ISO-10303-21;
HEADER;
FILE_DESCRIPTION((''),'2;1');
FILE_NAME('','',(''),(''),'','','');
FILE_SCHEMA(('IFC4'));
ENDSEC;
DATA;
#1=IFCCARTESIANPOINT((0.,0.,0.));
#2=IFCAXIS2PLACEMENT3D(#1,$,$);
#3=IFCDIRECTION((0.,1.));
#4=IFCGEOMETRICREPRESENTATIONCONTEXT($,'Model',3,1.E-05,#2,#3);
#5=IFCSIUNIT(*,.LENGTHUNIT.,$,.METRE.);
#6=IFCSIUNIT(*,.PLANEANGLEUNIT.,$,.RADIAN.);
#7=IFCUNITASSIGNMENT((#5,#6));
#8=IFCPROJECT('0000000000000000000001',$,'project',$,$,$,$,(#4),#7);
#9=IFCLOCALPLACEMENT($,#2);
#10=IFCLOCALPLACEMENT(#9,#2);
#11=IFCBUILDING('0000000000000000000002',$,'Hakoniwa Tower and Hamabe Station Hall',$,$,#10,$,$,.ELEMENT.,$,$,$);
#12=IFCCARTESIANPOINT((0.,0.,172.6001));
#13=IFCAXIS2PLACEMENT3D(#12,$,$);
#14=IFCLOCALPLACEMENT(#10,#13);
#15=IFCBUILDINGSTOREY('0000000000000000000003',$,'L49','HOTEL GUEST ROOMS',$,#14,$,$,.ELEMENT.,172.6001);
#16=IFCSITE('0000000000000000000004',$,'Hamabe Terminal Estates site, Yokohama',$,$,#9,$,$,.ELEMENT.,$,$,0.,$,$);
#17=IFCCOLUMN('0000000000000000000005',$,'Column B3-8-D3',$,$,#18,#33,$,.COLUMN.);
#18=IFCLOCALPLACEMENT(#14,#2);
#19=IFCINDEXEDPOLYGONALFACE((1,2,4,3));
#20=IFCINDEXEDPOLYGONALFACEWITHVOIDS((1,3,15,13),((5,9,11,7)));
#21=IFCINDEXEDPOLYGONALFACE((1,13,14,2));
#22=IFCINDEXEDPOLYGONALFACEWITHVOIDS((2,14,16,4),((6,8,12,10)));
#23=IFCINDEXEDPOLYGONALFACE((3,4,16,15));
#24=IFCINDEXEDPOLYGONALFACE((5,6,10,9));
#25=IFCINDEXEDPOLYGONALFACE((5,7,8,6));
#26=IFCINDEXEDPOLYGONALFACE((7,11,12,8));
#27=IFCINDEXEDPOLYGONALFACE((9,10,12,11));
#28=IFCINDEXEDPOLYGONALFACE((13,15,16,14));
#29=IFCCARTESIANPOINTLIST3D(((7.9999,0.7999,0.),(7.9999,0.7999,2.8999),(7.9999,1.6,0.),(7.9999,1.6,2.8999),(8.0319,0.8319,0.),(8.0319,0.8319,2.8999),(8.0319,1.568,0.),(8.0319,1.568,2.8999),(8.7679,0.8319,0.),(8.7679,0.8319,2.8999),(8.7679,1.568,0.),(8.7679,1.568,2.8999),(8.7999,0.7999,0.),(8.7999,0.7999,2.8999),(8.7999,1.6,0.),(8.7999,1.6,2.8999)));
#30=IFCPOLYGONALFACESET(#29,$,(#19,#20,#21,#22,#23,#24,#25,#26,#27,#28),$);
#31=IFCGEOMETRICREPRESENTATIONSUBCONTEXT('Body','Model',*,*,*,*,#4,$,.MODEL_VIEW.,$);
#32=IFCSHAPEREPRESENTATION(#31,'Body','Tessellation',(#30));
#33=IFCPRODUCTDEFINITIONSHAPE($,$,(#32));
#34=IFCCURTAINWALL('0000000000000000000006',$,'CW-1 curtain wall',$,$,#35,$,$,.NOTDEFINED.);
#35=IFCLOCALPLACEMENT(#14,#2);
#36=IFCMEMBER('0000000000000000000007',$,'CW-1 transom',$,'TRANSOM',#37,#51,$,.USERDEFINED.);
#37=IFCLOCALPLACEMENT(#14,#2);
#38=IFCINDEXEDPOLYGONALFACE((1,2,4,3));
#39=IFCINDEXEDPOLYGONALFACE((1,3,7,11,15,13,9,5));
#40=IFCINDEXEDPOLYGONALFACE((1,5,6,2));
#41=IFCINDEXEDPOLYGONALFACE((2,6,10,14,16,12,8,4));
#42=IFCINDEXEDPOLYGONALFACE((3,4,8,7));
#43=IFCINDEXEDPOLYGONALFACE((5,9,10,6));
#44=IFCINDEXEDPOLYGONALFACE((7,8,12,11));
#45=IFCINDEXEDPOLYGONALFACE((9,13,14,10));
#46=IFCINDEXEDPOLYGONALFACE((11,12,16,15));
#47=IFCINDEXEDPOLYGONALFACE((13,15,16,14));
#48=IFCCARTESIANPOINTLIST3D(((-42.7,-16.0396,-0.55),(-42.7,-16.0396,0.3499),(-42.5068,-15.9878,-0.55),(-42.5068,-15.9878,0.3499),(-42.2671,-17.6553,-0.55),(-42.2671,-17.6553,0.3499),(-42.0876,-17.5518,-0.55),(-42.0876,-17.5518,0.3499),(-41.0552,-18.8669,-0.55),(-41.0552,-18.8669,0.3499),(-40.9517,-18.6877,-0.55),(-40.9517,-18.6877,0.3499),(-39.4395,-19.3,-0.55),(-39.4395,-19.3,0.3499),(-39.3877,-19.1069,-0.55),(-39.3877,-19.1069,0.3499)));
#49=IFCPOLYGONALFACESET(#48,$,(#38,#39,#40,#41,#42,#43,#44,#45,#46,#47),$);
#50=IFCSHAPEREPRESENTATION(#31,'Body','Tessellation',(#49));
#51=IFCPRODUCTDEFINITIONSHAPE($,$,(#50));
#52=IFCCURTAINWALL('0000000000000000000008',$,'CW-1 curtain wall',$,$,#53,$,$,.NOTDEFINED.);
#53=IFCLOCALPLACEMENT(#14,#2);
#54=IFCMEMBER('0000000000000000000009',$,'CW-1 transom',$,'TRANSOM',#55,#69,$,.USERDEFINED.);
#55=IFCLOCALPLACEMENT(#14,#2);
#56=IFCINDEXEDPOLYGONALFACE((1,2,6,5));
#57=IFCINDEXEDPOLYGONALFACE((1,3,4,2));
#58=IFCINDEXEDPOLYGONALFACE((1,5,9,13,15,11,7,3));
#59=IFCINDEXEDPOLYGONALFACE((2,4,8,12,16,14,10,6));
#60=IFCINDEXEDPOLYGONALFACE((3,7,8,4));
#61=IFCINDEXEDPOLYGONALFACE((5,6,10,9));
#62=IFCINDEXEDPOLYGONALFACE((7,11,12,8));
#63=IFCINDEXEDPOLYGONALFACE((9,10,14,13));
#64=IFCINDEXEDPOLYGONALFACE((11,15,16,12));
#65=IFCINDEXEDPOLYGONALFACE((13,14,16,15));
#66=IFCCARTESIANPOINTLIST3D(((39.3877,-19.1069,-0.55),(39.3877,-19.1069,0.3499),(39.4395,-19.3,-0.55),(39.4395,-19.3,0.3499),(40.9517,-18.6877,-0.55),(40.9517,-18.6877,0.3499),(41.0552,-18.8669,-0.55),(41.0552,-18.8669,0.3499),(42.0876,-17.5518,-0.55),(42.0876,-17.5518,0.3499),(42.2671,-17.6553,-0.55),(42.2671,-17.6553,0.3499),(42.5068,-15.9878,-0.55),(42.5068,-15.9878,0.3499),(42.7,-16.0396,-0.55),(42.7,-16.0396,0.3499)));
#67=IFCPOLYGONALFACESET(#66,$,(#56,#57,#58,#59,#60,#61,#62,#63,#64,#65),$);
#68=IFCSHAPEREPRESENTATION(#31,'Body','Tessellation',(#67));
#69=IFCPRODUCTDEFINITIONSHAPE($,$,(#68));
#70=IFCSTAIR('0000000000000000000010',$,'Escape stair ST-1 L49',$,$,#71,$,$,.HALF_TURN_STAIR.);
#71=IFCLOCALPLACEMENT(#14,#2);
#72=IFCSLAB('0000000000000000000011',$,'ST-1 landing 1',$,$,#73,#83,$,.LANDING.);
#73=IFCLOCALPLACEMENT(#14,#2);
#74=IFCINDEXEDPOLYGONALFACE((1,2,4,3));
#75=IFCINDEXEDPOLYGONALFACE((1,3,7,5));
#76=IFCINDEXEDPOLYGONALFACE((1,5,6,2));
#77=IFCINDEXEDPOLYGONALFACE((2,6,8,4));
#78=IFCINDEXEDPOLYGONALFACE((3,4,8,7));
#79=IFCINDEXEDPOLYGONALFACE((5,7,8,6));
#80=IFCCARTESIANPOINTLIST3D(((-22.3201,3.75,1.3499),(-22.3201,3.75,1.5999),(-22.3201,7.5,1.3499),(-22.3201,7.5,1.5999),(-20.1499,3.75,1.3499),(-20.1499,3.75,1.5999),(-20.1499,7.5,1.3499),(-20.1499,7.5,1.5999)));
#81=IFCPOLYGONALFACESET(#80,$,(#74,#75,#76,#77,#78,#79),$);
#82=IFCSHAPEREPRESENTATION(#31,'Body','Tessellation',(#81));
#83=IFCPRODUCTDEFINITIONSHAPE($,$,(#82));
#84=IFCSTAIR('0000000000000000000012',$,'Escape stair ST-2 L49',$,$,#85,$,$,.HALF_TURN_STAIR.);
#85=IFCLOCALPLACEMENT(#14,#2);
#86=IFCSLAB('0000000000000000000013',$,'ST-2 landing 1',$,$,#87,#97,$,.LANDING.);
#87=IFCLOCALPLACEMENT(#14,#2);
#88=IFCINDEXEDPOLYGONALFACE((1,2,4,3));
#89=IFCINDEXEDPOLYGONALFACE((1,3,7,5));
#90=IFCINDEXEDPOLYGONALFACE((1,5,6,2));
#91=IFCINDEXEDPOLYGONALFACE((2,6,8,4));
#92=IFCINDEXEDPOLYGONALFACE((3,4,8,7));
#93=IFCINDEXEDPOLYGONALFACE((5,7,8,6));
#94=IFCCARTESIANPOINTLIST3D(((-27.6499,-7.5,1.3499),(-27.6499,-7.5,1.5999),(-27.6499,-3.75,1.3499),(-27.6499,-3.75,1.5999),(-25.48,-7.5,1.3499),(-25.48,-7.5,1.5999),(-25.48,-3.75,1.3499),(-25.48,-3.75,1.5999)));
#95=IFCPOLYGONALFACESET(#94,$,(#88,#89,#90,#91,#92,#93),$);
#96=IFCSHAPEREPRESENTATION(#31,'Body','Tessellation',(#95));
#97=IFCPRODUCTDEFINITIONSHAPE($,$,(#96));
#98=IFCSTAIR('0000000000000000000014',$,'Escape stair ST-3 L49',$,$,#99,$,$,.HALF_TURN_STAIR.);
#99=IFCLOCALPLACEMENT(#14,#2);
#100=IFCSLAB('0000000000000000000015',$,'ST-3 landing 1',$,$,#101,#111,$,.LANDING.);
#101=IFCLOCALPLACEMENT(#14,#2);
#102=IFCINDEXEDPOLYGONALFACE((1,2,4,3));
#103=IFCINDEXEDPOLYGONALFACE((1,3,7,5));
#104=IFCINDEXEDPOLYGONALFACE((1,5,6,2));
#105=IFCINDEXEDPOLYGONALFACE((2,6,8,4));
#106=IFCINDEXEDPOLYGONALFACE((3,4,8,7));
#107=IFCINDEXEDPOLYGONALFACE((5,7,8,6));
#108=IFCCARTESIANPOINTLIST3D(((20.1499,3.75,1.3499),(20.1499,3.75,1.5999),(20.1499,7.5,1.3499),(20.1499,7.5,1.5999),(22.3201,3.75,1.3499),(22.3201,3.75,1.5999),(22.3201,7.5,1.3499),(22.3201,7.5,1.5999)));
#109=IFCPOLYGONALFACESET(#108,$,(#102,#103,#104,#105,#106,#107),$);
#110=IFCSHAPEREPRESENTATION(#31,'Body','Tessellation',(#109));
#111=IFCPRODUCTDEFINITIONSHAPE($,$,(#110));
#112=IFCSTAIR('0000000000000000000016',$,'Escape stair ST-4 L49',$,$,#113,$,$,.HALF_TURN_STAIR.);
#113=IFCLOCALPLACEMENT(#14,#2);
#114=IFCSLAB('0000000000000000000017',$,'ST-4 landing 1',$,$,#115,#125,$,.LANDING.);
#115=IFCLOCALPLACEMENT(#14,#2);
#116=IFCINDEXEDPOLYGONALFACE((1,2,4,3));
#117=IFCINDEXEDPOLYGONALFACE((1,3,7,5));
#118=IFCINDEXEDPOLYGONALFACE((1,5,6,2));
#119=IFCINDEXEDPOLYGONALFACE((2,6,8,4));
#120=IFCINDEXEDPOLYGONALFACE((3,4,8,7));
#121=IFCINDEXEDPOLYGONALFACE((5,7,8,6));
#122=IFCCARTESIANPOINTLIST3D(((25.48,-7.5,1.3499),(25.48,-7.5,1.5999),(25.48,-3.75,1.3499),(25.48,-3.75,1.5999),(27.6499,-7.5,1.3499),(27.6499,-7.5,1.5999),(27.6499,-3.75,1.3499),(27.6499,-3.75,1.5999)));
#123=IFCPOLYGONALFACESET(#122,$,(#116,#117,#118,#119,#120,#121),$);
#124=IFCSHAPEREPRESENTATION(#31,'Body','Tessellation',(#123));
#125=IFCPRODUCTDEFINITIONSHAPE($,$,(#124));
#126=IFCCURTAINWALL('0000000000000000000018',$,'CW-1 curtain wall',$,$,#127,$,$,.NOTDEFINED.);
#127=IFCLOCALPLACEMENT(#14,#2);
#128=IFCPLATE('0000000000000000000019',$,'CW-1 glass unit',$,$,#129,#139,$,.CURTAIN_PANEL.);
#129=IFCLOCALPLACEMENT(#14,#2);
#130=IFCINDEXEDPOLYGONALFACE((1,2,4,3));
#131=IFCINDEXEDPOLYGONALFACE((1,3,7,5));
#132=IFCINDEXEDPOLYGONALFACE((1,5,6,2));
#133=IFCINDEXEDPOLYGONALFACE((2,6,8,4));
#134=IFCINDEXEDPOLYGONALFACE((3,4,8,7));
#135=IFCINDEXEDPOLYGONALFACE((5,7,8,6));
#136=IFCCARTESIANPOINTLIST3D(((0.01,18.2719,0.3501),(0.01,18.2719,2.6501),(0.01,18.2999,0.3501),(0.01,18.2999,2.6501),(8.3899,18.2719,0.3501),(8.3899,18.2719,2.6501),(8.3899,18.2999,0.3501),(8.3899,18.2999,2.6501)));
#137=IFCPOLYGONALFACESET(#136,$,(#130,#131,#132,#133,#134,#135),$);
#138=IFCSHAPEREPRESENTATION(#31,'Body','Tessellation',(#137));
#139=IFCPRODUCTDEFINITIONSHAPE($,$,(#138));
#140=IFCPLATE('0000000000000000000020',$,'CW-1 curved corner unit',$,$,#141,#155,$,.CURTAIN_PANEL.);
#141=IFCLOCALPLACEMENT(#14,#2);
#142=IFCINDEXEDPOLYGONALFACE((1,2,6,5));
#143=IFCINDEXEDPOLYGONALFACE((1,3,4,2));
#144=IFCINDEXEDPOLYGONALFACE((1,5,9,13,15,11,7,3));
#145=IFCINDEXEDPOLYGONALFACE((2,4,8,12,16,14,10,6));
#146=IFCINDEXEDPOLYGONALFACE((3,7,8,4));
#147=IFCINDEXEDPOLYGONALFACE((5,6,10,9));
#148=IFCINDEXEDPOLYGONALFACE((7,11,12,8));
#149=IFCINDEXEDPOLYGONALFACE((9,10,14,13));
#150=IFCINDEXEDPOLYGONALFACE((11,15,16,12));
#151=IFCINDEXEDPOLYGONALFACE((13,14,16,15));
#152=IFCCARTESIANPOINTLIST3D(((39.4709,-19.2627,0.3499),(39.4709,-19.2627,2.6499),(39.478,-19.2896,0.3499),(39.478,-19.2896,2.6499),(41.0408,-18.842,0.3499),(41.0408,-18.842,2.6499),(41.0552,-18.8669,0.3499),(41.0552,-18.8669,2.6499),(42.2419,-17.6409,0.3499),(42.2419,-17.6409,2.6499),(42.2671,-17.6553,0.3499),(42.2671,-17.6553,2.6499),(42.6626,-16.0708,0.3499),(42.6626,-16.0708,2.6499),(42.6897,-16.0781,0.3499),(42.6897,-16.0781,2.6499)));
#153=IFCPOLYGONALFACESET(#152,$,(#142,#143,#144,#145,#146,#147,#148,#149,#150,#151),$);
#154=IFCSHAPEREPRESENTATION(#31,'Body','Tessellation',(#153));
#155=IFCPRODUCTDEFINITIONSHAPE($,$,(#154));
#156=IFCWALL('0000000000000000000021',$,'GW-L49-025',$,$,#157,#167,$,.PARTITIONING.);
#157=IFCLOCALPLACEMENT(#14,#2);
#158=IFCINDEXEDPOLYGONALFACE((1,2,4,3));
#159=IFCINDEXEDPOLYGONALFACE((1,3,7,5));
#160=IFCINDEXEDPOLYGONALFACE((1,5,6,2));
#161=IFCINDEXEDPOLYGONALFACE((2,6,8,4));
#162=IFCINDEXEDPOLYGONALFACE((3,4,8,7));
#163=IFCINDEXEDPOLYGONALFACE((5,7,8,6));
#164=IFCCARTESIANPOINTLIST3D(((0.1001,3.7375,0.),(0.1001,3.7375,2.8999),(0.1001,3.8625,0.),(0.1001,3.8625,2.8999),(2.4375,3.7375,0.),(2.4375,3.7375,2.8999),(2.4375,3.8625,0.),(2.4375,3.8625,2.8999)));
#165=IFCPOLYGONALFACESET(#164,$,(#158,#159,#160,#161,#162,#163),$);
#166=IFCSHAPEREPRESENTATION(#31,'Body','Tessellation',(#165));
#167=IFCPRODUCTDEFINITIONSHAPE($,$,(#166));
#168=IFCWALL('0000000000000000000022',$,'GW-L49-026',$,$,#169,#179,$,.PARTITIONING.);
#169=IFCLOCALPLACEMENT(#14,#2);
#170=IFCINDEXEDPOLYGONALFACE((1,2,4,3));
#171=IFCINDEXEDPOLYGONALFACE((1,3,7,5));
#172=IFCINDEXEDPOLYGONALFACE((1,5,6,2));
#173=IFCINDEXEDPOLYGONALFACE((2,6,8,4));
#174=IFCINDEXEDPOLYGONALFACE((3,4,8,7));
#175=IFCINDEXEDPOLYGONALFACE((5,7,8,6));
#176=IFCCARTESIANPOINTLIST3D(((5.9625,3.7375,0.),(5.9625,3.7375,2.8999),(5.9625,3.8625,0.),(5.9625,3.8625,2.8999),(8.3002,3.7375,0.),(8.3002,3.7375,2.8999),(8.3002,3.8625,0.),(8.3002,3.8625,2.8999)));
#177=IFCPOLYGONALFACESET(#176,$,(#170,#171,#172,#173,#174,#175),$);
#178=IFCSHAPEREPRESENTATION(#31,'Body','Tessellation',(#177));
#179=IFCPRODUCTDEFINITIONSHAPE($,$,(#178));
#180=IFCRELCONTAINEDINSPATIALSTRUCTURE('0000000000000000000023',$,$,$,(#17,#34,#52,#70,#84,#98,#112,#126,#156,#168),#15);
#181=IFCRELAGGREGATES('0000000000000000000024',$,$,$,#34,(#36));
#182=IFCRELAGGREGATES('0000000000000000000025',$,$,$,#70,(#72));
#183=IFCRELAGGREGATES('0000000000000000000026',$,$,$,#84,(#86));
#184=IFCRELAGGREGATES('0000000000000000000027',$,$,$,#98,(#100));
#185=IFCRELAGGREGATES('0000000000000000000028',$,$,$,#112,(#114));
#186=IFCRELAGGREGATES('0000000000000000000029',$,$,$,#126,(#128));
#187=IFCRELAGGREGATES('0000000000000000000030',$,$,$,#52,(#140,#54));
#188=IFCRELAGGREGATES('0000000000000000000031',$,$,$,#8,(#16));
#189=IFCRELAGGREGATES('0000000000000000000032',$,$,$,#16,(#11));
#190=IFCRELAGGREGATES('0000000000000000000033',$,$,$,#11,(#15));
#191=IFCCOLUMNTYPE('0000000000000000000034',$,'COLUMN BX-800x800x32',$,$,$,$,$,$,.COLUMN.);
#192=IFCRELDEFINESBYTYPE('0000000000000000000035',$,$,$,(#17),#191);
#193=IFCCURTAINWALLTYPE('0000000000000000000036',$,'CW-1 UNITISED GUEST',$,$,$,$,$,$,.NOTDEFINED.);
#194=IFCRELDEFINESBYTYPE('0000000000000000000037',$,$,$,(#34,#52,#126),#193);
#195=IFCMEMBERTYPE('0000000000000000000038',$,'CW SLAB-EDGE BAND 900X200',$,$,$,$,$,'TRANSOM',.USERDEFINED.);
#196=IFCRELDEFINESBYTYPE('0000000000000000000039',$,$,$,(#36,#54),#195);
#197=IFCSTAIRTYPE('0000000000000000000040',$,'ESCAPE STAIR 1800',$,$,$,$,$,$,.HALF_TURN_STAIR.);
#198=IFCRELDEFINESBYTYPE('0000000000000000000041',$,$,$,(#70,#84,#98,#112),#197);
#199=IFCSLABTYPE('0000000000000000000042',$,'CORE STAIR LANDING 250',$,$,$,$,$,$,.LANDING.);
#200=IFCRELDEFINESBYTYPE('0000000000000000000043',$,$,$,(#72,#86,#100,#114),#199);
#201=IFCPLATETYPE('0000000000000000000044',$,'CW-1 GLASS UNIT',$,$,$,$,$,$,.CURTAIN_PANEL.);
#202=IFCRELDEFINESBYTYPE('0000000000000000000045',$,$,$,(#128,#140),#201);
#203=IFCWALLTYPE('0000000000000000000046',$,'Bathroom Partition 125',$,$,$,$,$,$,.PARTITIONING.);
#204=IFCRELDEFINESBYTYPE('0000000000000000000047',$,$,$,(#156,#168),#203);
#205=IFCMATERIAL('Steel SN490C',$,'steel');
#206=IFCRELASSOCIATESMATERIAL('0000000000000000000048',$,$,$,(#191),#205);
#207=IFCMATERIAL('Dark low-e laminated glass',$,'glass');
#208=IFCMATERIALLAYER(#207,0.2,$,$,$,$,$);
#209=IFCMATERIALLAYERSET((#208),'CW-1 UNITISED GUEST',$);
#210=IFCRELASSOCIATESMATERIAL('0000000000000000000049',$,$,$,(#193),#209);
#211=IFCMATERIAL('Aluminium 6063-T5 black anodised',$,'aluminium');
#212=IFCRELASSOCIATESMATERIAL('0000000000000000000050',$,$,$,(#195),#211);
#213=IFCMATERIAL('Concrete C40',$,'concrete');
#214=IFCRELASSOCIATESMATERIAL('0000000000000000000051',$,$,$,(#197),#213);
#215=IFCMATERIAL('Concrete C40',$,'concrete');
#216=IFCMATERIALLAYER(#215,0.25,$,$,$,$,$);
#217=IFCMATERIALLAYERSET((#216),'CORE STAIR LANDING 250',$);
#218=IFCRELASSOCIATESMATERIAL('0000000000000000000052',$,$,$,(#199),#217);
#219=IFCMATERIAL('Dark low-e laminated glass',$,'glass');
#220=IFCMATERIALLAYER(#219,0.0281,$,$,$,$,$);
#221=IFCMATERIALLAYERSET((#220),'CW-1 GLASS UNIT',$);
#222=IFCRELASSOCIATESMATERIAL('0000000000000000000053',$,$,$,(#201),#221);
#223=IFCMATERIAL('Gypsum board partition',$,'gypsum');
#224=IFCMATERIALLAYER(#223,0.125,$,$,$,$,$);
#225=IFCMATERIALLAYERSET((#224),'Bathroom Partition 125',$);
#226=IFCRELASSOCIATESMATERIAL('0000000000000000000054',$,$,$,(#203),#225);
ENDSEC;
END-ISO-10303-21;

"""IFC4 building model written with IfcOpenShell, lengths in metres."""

from ifc_helpers import new_model, si_unit, direction, frame, frame_2d, origin, origin_2d, place, context, subcontext, project, spatial, polyline, rectangle, hollow_rectangle, outline, extrude, material, layer, layer_set, material_profile, profile_set, type_object, element, aggregate, save


model = new_model("IFC4")

# Units and contexts
model_context = context("Model", 3, precision=1e-05, world=origin(), true_north=direction((0.0, 1.0)))
body_context = subcontext(model_context, "Body", "Model", "MODEL_VIEW")
ifc_project = project(units=[si_unit("LENGTHUNIT", "METRE"), si_unit("PLANEANGLEUNIT", "RADIAN")], contexts=[model_context])

# Site, building, storey
site_placement = place(None, origin())
site = spatial("IfcSite", under=ifc_project, at=site_placement, Name="Hamabe Terminal Estates site, Yokohama", CompositionType="ELEMENT", RefElevation=0.0)
building_placement = place(site_placement, origin())
building = spatial("IfcBuilding", under=site, at=building_placement, Name="Hakoniwa Tower and Hamabe Station Hall", CompositionType="ELEMENT")
storey_placement = place(building_placement, frame((0.0, 0.0, 172.6001)))
storey = spatial("IfcBuildingStorey", under=building, at=storey_placement, Name="L49", Description="HOTEL GUEST ROOMS", CompositionType="ELEMENT", Elevation=172.6001)

# Column
ifc_material_1 = material(Name="Steel SN490C", Category="steel")
ifc_material_profile_1 = material_profile(ifc_material_1, hollow_rectangle(XDim=0.8, YDim=0.8, WallThickness=0.032, at=origin_2d()), Name="BX-800x800x32")
ifc_profile_set_1 = profile_set([ifc_material_profile_1], Name="Steel SN490C")
column_type = type_object("IfcColumnType", Name="COLUMN BX-800x800x32", PredefinedType="COLUMN", material=ifc_profile_set_1)
column_placement = place(storey_placement, frame((8.3999, 1.2, 0.0), z_axis=(0.0, 0.0, 1.0), x_axis=(1.0, 0.0, 0.0)))
element("IfcColumn", 1, at=column_placement, inside=storey, type_object=column_type, Name="Column B3-8-D3", PredefinedType="COLUMN", context=body_context, shape_type="SweptSolid", body=[
    extrude(hollow_rectangle(XDim=0.8, YDim=0.8, WallThickness=0.032, at=origin_2d()), origin(), (0.0, 0.0, 1.0), 2.8999),
])

# Curtain walls, members
ifc_material_2 = material(Name="Dark low-e laminated glass", Category="glass")
ifc_layer_1 = layer(ifc_material_2, 0.2)
ifc_layer_set_1 = layer_set([ifc_layer_1], Name="CW-1 UNITISED GUEST")
curtain_wall_type = type_object("IfcCurtainWallType", Name="CW-1 UNITISED GUEST", PredefinedType="NOTDEFINED", material=ifc_layer_set_1)
curtain_wall_1_placement = place(storey_placement, origin())
curtain_wall_1 = element("IfcCurtainWall", 2, at=curtain_wall_1_placement, inside=storey, type_object=curtain_wall_type, Name="CW-1 curtain wall", PredefinedType="NOTDEFINED")
ifc_material_3 = material(Name="Aluminium 6063-T5 black anodised", Category="aluminium")
ifc_material_profile_2 = material_profile(ifc_material_3, rectangle(XDim=0.2, YDim=0.8999, at=origin_2d()), Name="CW SLAB-EDGE BAND 900X200")
ifc_profile_set_2 = profile_set([ifc_material_profile_2], Name="Aluminium 6063-T5 black anodised")
member_type = type_object("IfcMemberType", Name="CW SLAB-EDGE BAND 900X200", ElementType="TRANSOM", PredefinedType="USERDEFINED", material=ifc_profile_set_2)
member_1_placement = place(storey_placement, frame((0.0, 0.0, -0.55)))
member_1 = element("IfcMember", 3, at=member_1_placement, type_object=member_type, Name="CW-1 transom", ObjectType="TRANSOM", PredefinedType="USERDEFINED", context=body_context, shape_type="SweptSolid", body=[
    extrude(outline(polyline([(-42.7, -16.0396), (-42.2671, -17.6553), (-41.0552, -18.8669), (-39.4395, -19.3), (-39.3877, -19.1069), (-40.9517, -18.6877), (-42.0876, -17.5518), (-42.5068, -15.9878), (-42.7, -16.0396)])), origin(), (0.0, 0.0, 1.0), 0.8999),
])
aggregate(curtain_wall_1, [member_1])
curtain_wall_2_placement = place(storey_placement, origin())
curtain_wall_2 = element("IfcCurtainWall", 4, at=curtain_wall_2_placement, inside=storey, type_object=curtain_wall_type, Name="CW-1 curtain wall", PredefinedType="NOTDEFINED")
member_2_placement = place(storey_placement, frame((0.0, 0.0, -0.55)))
member_2 = element("IfcMember", 5, at=member_2_placement, type_object=member_type, Name="CW-1 transom", ObjectType="TRANSOM", PredefinedType="USERDEFINED", context=body_context, shape_type="SweptSolid", body=[
    extrude(outline(polyline([(39.4395, -19.3), (41.0552, -18.8669), (42.2671, -17.6553), (42.7, -16.0396), (42.5068, -15.9878), (42.0876, -17.5518), (40.9517, -18.6877), (39.3877, -19.1069), (39.4395, -19.3)])), origin(), (0.0, 0.0, 1.0), 0.8999),
])

# Stairs, slabs
ifc_material_4 = material(Name="Concrete C40", Category="concrete")
stair_type = type_object("IfcStairType", Name="ESCAPE STAIR 1800", PredefinedType="HALF_TURN_STAIR", material=ifc_material_4)
stair_1_placement = place(storey_placement, origin())
stair_1 = element("IfcStair", 6, at=stair_1_placement, inside=storey, type_object=stair_type, Name="Escape stair ST-1 L49", PredefinedType="HALF_TURN_STAIR")
ifc_material_5 = material(Name="Concrete C40", Category="concrete")
ifc_layer_2 = layer(ifc_material_5, 0.25)
ifc_layer_set_2 = layer_set([ifc_layer_2], Name="CORE STAIR LANDING 250")
slab_type = type_object("IfcSlabType", Name="CORE STAIR LANDING 250", PredefinedType="LANDING", material=ifc_layer_set_2)
slab_1_placement = place(storey_placement, frame((0.0, 0.0, 1.3499)))
slab_1 = element("IfcSlab", 7, at=slab_1_placement, type_object=slab_type, Name="ST-1 landing 1", PredefinedType="LANDING", context=body_context, shape_type="SweptSolid", body=[
    extrude(outline(polyline([(-22.3201, 3.75), (-20.1499, 3.75), (-20.1499, 7.5), (-22.3201, 7.5), (-22.3201, 3.75)])), origin(), (0.0, 0.0, 1.0), 0.25),
])
aggregate(stair_1, [slab_1])
stair_2_placement = place(storey_placement, origin())
stair_2 = element("IfcStair", 8, at=stair_2_placement, inside=storey, type_object=stair_type, Name="Escape stair ST-2 L49", PredefinedType="HALF_TURN_STAIR")
slab_2_placement = place(storey_placement, frame((0.0, 0.0, 1.3499)))
slab_2 = element("IfcSlab", 9, at=slab_2_placement, type_object=slab_type, Name="ST-2 landing 1", PredefinedType="LANDING", context=body_context, shape_type="SweptSolid", body=[
    extrude(outline(polyline([(-25.48, -7.5), (-27.6499, -7.5), (-27.6499, -3.75), (-25.48, -3.75), (-25.48, -7.5)])), origin(), (0.0, 0.0, 1.0), 0.25),
])
aggregate(stair_2, [slab_2])
stair_3_placement = place(storey_placement, origin())
stair_3 = element("IfcStair", 10, at=stair_3_placement, inside=storey, type_object=stair_type, Name="Escape stair ST-3 L49", PredefinedType="HALF_TURN_STAIR")
slab_3_placement = place(storey_placement, frame((0.0, 0.0, 1.3499)))
slab_3 = element("IfcSlab", 11, at=slab_3_placement, type_object=slab_type, Name="ST-3 landing 1", PredefinedType="LANDING", context=body_context, shape_type="SweptSolid", body=[
    extrude(outline(polyline([(22.3201, 3.75), (20.1499, 3.75), (20.1499, 7.5), (22.3201, 7.5), (22.3201, 3.75)])), origin(), (0.0, 0.0, 1.0), 0.25),
])
aggregate(stair_3, [slab_3])
stair_4_placement = place(storey_placement, origin())
stair_4 = element("IfcStair", 12, at=stair_4_placement, inside=storey, type_object=stair_type, Name="Escape stair ST-4 L49", PredefinedType="HALF_TURN_STAIR")
slab_4_placement = place(storey_placement, frame((0.0, 0.0, 1.3499)))
slab_4 = element("IfcSlab", 13, at=slab_4_placement, type_object=slab_type, Name="ST-4 landing 1", PredefinedType="LANDING", context=body_context, shape_type="SweptSolid", body=[
    extrude(outline(polyline([(25.48, -7.5), (27.6499, -7.5), (27.6499, -3.75), (25.48, -3.75), (25.48, -7.5)])), origin(), (0.0, 0.0, 1.0), 0.25),
])
aggregate(stair_4, [slab_4])

# Curtain wall, plate
curtain_wall_3_placement = place(storey_placement, origin())
curtain_wall_3 = element("IfcCurtainWall", 14, at=curtain_wall_3_placement, inside=storey, type_object=curtain_wall_type, Name="CW-1 curtain wall", PredefinedType="NOTDEFINED")
ifc_material_6 = material(Name="Dark low-e laminated glass", Category="glass")
ifc_layer_3 = layer(ifc_material_6, 0.0281)
ifc_layer_set_3 = layer_set([ifc_layer_3], Name="CW-1 GLASS UNIT")
plate_type = type_object("IfcPlateType", Name="CW-1 GLASS UNIT", PredefinedType="CURTAIN_PANEL", material=ifc_layer_set_3)
plate_1_placement = place(storey_placement, frame((4.2, 18.2859, 0.3501), z_axis=(0.0, 0.0, 1.0), x_axis=(-1.0, 0.0, 0.0)))
plate_1 = element("IfcPlate", 15, at=plate_1_placement, type_object=plate_type, Name="CW-1 glass unit", PredefinedType="CURTAIN_PANEL", context=body_context, shape_type="SweptSolid", body=[
    extrude(rectangle(XDim=8.3799, YDim=0.0281, at=origin_2d()), origin(), (0.0, 0.0, 1.0), 2.3),
])
aggregate(curtain_wall_3, [plate_1])

# Plate
plate_2_placement = place(storey_placement, frame((0.0, 0.0, 0.3499)))
plate_2 = element("IfcPlate", 16, at=plate_2_placement, type_object=plate_type, Name="CW-1 curved corner unit", PredefinedType="CURTAIN_PANEL", context=body_context, shape_type="SweptSolid", body=[
    extrude(outline(polyline([(39.478, -19.2896), (41.0552, -18.8669), (42.2671, -17.6553), (42.6897, -16.0781), (42.6626, -16.0708), (42.2419, -17.6409), (41.0408, -18.842), (39.4709, -19.2627), (39.478, -19.2896)])), origin(), (0.0, 0.0, 1.0), 2.3),
])
aggregate(curtain_wall_2, [plate_2, member_2])

# Walls
ifc_material_7 = material(Name="Gypsum board partition", Category="gypsum")
ifc_layer_4 = layer(ifc_material_7, 0.125)
ifc_layer_set_4 = layer_set([ifc_layer_4], Name="Bathroom Partition 125")
wall_type_1 = type_object("IfcWallType", Name="Bathroom Partition 125", PredefinedType="PARTITIONING", material=ifc_layer_set_4)
wall_1_placement = place(storey_placement, frame((0.1001, 3.8, 0.0), z_axis=(0.0, 0.0, 1.0), x_axis=(1.0, 0.0, 0.0)))
element("IfcWall", 17, at=wall_1_placement, inside=storey, type_object=wall_type_1, Name="GW-L49-025", PredefinedType="PARTITIONING", context=body_context, shape_type="SweptSolid", body=[
    extrude(rectangle(XDim=2.3374, YDim=0.125, at=frame_2d((1.1687, 0.0))), origin(), (0.0, 0.0, 1.0), 2.8999),
])
wall_2_placement = place(storey_placement, frame((5.9624, 3.8, 0.0), z_axis=(0.0, 0.0, 1.0), x_axis=(1.0, 0.0, 0.0)))
element("IfcWall", 18, at=wall_2_placement, inside=storey, type_object=wall_type_1, Name="GW-L49-026", PredefinedType="PARTITIONING", context=body_context, shape_type="SweptSolid", body=[
    extrude(rectangle(XDim=2.3376, YDim=0.125, at=frame_2d((1.1689, 0.0))), origin(), (0.0, 0.0, 1.0), 2.8999),
])

save(model, "model.ifc")
